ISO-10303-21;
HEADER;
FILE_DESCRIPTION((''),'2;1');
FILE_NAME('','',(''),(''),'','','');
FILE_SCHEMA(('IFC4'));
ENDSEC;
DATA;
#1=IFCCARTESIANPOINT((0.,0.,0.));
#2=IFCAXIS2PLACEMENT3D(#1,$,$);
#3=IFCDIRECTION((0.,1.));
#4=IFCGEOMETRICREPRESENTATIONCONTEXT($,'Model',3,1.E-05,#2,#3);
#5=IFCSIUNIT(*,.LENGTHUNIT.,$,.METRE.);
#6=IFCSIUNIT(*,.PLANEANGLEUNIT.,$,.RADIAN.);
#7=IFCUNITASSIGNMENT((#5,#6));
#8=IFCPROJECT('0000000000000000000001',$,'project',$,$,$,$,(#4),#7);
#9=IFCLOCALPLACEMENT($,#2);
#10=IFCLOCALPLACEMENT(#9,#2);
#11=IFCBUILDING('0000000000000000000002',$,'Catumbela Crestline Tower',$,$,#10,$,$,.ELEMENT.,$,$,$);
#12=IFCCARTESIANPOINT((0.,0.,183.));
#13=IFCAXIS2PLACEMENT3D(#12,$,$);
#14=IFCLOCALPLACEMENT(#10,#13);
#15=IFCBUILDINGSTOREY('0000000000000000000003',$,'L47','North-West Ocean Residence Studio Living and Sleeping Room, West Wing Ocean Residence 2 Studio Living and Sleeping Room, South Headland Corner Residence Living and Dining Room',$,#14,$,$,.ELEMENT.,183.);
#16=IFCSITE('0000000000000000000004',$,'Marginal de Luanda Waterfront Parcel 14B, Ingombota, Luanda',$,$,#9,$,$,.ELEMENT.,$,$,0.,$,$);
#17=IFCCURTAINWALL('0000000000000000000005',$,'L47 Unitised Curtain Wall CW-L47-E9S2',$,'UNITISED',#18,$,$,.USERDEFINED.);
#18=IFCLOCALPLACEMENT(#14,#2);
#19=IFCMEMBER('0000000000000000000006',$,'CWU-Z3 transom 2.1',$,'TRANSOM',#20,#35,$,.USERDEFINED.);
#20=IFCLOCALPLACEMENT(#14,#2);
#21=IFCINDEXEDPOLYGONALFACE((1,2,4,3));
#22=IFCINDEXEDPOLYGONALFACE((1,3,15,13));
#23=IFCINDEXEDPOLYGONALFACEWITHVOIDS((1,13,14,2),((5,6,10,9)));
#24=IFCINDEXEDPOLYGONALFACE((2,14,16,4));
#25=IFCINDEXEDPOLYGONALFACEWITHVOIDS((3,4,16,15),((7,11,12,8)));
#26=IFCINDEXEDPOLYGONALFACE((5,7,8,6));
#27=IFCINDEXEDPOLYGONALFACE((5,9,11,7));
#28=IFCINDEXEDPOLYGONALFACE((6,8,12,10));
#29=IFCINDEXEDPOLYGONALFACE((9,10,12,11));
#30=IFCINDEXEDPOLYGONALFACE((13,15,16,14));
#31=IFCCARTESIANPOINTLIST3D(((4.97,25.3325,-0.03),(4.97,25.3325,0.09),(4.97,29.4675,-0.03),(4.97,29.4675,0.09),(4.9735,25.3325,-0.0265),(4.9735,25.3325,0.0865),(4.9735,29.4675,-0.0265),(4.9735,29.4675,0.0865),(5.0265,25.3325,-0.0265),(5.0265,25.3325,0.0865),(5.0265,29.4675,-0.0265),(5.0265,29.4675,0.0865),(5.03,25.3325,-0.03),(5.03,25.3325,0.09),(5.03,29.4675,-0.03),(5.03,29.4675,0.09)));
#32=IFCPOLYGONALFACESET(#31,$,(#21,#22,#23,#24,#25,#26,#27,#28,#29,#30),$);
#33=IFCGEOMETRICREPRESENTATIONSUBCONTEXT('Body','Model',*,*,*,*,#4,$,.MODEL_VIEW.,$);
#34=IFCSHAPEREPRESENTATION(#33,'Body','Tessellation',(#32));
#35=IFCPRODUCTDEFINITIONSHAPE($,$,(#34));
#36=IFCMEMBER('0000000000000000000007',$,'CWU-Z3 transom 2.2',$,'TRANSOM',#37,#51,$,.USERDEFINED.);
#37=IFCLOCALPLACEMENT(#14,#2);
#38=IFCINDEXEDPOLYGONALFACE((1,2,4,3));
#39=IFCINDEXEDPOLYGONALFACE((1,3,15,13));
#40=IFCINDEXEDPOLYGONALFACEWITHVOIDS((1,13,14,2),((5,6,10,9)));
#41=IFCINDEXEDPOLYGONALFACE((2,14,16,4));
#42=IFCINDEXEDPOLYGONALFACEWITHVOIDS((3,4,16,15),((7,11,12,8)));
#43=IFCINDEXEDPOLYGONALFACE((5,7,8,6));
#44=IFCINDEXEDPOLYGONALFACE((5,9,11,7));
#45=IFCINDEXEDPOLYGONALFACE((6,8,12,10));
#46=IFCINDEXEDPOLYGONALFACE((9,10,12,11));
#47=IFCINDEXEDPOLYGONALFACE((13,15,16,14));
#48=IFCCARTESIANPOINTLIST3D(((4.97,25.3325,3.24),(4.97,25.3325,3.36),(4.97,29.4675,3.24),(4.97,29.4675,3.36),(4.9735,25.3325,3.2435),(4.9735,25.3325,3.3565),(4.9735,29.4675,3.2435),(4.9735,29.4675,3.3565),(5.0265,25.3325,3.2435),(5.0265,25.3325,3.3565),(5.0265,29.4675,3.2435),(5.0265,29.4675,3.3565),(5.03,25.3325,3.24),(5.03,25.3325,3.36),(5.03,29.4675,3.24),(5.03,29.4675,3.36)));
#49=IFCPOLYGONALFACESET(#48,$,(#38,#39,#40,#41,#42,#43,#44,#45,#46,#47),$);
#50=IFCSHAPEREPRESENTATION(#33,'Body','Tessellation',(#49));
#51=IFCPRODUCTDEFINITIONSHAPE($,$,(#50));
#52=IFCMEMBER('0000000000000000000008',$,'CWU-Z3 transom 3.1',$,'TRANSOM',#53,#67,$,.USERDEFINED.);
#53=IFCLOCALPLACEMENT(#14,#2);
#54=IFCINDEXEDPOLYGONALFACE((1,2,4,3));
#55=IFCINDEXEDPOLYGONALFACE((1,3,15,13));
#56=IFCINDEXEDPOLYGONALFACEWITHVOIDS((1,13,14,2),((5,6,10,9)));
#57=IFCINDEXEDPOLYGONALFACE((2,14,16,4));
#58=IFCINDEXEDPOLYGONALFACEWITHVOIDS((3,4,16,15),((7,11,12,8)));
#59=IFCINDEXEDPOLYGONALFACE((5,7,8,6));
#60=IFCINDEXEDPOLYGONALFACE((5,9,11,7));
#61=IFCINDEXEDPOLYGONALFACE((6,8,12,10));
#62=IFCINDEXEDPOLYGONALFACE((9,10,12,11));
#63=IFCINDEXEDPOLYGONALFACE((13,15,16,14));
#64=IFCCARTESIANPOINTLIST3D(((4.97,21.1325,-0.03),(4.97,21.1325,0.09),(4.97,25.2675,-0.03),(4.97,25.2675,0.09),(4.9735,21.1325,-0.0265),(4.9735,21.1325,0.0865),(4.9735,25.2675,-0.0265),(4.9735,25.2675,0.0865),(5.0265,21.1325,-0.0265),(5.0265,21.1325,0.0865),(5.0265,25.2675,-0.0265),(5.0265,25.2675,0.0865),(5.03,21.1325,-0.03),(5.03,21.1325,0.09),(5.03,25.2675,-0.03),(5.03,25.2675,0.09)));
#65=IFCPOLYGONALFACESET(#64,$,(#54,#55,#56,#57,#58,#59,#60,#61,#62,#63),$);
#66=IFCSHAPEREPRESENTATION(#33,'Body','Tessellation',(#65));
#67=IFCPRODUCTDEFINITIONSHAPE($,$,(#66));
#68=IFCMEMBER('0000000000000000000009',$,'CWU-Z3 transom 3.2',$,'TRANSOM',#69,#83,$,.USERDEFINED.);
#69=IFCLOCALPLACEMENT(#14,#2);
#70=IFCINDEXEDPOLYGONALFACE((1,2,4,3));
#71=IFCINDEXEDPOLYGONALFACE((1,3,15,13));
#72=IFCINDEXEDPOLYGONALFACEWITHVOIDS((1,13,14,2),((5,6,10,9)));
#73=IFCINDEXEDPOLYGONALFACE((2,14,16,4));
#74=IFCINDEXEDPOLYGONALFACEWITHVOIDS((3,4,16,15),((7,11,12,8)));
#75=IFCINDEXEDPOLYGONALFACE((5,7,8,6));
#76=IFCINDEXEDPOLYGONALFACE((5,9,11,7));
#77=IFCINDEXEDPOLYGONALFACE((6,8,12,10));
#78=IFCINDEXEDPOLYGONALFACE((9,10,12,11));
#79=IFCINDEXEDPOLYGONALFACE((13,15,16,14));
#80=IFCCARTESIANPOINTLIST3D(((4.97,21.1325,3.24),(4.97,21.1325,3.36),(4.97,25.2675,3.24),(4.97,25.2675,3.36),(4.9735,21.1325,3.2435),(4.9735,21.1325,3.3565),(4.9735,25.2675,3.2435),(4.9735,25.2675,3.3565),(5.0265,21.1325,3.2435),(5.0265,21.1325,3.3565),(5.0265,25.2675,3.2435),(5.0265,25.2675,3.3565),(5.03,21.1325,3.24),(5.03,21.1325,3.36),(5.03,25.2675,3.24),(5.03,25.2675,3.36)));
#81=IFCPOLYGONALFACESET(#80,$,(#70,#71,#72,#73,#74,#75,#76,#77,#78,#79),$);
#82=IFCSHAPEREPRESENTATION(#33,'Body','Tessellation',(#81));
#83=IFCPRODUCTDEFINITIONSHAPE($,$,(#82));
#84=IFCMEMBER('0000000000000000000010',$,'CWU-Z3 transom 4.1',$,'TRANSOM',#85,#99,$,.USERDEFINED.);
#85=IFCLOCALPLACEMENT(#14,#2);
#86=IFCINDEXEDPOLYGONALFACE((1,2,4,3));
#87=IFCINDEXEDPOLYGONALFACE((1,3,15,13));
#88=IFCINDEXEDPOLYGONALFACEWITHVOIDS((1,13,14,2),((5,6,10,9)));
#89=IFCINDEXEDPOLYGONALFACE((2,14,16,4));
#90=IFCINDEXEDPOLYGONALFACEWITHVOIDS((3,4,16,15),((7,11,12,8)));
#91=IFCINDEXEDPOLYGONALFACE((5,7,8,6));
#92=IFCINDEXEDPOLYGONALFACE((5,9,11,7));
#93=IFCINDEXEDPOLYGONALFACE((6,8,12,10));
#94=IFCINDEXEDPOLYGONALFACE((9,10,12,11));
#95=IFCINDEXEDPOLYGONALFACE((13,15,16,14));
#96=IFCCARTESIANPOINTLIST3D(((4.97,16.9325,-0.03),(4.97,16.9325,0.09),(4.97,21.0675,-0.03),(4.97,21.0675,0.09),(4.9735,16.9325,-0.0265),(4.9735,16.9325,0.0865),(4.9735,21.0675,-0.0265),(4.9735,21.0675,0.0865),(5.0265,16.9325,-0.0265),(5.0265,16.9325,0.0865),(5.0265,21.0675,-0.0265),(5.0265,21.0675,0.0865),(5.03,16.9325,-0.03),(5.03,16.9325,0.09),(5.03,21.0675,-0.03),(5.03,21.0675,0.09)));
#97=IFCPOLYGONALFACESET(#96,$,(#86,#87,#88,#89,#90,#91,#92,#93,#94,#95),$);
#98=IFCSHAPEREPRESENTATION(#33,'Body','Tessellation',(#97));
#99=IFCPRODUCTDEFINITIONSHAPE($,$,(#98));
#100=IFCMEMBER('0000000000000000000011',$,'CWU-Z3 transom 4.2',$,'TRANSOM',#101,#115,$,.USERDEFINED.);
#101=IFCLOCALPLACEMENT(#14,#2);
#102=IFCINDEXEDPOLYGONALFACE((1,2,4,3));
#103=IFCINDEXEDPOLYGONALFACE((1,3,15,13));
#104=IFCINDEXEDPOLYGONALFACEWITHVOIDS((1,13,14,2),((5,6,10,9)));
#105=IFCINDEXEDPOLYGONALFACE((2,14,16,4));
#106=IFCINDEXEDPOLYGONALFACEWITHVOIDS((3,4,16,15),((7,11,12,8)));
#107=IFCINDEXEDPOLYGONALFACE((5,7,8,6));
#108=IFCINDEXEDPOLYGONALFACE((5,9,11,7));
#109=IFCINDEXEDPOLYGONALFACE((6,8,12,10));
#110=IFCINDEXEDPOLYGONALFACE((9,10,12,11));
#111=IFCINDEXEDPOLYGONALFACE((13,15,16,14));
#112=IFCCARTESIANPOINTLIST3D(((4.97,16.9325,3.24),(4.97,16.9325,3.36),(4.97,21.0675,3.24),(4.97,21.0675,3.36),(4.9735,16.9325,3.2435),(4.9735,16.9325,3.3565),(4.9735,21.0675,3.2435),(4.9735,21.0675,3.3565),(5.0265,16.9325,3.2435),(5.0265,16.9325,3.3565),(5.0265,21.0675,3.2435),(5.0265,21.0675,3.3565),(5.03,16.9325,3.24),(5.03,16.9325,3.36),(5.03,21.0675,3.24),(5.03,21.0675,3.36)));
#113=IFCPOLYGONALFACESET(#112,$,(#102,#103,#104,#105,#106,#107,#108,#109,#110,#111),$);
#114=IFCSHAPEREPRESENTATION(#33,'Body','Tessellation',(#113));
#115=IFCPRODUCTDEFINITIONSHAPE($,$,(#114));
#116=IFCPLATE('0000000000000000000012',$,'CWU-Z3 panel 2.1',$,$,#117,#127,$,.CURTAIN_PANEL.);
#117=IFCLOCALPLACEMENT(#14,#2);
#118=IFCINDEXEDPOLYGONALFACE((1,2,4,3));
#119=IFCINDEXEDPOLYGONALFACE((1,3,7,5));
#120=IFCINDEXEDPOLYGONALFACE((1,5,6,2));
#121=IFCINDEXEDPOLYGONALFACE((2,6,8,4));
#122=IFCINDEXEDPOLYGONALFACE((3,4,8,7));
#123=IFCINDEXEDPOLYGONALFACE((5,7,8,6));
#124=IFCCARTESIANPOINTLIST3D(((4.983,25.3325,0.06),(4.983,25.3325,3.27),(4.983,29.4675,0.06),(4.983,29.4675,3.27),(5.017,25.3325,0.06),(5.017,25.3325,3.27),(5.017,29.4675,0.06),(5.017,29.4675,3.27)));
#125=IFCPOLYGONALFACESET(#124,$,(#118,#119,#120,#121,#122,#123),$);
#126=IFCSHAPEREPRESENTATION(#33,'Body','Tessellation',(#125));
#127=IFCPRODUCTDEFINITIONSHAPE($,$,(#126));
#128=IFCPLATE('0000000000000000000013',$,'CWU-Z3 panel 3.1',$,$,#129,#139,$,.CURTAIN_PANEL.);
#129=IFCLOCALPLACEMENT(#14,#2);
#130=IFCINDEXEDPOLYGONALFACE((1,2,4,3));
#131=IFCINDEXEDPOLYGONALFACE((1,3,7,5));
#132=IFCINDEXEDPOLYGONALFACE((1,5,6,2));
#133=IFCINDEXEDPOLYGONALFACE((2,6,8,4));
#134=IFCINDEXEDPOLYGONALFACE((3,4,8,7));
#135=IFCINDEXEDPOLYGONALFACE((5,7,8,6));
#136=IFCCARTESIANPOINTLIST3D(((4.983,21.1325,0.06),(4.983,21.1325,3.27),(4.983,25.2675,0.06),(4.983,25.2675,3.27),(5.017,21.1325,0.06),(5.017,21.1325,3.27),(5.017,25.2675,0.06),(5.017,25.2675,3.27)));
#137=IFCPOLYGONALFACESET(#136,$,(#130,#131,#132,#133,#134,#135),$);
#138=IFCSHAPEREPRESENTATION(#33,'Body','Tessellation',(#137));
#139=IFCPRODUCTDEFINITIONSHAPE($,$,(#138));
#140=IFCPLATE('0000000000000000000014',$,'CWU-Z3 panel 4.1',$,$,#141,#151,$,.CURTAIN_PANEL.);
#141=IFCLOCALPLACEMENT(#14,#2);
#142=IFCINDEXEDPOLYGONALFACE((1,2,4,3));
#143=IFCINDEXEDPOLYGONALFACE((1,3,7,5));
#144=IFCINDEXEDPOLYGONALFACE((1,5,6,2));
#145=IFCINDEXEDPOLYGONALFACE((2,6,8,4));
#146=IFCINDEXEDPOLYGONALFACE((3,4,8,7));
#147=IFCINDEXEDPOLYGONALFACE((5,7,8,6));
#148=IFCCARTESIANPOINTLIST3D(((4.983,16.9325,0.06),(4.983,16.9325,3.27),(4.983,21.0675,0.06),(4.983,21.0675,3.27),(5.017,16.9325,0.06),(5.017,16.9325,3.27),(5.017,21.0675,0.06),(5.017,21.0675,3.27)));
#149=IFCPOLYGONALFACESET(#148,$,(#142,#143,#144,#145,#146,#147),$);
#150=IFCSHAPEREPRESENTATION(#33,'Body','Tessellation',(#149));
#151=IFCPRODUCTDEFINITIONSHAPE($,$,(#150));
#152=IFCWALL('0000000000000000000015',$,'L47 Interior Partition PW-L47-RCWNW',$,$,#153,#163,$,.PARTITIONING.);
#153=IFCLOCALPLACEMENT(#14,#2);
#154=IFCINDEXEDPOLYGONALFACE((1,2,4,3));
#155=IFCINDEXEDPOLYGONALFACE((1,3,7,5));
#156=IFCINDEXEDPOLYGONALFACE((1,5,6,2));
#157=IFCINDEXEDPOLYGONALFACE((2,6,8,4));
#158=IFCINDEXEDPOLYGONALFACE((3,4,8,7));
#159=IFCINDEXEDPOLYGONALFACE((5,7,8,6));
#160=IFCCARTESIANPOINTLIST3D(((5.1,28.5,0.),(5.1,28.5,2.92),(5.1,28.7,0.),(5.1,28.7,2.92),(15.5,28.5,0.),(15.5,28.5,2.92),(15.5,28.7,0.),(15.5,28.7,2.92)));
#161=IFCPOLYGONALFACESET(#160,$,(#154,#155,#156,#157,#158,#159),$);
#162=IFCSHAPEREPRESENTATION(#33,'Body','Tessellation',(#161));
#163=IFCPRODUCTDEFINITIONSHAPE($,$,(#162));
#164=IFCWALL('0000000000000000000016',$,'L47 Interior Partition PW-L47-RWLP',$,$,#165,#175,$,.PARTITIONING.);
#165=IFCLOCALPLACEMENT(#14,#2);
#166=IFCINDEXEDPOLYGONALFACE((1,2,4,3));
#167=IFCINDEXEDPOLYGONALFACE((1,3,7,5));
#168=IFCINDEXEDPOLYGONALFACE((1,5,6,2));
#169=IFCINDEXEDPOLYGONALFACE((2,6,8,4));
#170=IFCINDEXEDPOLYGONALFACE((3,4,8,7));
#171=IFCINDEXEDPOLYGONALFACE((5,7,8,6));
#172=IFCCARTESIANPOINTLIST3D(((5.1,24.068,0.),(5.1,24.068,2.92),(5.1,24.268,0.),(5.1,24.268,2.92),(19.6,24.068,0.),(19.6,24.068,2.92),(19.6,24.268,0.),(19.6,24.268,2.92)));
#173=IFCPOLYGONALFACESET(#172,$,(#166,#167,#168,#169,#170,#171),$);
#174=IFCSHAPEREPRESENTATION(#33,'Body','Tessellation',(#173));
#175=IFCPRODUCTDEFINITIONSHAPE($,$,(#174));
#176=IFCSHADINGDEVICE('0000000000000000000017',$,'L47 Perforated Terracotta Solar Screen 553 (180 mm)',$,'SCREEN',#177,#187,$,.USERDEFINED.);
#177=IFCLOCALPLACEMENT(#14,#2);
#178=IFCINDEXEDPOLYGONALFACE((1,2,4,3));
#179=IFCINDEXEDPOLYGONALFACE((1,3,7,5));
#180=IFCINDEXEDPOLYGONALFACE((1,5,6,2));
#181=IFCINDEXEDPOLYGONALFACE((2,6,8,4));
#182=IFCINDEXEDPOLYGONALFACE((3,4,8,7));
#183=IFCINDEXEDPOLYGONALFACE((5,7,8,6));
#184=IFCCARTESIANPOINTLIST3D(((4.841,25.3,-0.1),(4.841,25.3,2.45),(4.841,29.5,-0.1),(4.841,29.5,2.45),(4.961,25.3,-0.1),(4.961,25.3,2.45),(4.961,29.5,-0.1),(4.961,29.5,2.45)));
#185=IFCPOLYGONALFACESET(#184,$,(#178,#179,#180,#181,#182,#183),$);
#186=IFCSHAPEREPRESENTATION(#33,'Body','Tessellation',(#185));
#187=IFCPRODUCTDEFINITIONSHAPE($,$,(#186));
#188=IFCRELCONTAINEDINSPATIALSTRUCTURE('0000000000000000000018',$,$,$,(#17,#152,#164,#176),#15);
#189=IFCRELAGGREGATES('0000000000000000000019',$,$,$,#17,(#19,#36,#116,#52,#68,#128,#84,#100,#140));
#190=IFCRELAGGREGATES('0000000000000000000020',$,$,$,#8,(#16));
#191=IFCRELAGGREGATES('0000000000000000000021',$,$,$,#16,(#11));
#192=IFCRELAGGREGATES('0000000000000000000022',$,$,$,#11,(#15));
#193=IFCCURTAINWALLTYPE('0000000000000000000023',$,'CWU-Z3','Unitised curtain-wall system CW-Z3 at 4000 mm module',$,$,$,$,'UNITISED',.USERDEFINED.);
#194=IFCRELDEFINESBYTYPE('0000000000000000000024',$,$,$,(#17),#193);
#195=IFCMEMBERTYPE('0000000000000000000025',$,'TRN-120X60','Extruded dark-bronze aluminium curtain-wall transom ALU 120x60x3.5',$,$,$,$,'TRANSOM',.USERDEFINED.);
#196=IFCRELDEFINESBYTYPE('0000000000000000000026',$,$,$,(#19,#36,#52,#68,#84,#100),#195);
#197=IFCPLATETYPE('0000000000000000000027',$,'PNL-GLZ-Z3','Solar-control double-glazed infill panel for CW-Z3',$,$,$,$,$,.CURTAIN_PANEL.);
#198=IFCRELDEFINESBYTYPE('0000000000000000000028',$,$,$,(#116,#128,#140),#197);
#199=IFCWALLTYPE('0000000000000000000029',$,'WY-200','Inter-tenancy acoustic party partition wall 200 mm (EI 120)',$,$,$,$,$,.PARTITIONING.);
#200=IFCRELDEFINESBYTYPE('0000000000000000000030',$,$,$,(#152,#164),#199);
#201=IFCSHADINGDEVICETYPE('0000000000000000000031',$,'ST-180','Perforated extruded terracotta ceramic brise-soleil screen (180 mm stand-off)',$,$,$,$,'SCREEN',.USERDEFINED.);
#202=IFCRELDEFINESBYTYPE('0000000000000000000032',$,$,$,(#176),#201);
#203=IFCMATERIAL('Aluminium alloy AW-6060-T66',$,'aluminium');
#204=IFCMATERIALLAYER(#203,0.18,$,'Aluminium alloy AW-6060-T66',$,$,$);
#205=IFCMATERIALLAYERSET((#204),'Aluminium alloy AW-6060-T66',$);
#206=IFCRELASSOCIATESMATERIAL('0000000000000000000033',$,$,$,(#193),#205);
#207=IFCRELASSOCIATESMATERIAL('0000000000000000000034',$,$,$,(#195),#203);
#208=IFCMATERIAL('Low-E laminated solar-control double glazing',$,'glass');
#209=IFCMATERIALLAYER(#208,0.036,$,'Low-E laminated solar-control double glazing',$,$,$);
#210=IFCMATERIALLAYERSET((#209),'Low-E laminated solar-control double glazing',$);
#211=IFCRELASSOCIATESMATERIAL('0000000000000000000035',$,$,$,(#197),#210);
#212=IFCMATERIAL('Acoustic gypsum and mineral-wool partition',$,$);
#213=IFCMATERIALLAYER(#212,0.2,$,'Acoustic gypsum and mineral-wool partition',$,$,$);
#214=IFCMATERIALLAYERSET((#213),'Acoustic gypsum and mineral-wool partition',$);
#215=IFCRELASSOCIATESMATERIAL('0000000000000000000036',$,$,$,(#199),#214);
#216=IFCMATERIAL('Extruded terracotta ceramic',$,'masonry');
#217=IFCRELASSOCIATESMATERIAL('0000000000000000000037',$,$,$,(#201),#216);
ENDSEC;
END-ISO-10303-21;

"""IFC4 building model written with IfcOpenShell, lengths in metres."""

from ifc_helpers import new_model, si_unit, direction, frame, frame_2d, origin, origin_2d, place, context, subcontext, project, spatial, rectangle, hollow_rectangle, extrude, material, layer, layer_set, material_profile, profile_set, type_object, element, aggregate, save


model = new_model("IFC4")

# Units and contexts
model_context = context("Model", 3, precision=1e-05, world=origin(), true_north=direction((0.0, 1.0)))
body_context = subcontext(model_context, "Body", "Model", "MODEL_VIEW")
ifc_project = project(units=[si_unit("LENGTHUNIT", "METRE"), si_unit("PLANEANGLEUNIT", "RADIAN")], contexts=[model_context])

# Site, building, storey
site_placement = place(None, origin())
site = spatial("IfcSite", under=ifc_project, at=site_placement, Name="Marginal de Luanda Waterfront Parcel 14B, Ingombota, Luanda", CompositionType="ELEMENT", RefElevation=0.0)
building_placement = place(site_placement, origin())
building = spatial("IfcBuilding", under=site, at=building_placement, Name="Catumbela Crestline Tower", CompositionType="ELEMENT")
storey_placement = place(building_placement, frame((0.0, 0.0, 183.0)))
storey = spatial("IfcBuildingStorey", under=building, at=storey_placement, Name="L47", Description="North-West Ocean Residence Studio Living and Sleeping Room, West Wing Ocean Residence 2 Studio Living and Sleeping Room, South Headland Corner Residence Living and Dining Room", CompositionType="ELEMENT", Elevation=183.0)

# Curtain wall
ifc_material_1 = material(Name="Aluminium alloy AW-6060-T66", Category="aluminium")
ifc_layer_1 = layer(ifc_material_1, 0.18, Name="Aluminium alloy AW-6060-T66")
ifc_layer_set_1 = layer_set([ifc_layer_1], Name="Aluminium alloy AW-6060-T66")
curtain_wall_type = type_object("IfcCurtainWallType", Name="CWU-Z3", Description="Unitised curtain-wall system CW-Z3 at 4000 mm module", ElementType="UNITISED", PredefinedType="USERDEFINED", material=ifc_layer_set_1)
curtain_wall_placement = place(storey_placement, origin())
curtain_wall = element("IfcCurtainWall", 1, at=curtain_wall_placement, inside=storey, type_object=curtain_wall_type, Name="L47 Unitised Curtain Wall CW-L47-E9S2", ObjectType="UNITISED", PredefinedType="USERDEFINED")

# Members
ifc_material_profile_1 = material_profile(ifc_material_1, hollow_rectangle(XDim=0.06, YDim=0.12, WallThickness=0.0035, at=origin_2d()), Name="ALU 120x60x3.5")
ifc_profile_set_1 = profile_set([ifc_material_profile_1], Name="Aluminium alloy AW-6060-T66")
member_type_1 = type_object("IfcMemberType", Name="TRN-120X60", Description="Extruded dark-bronze aluminium curtain-wall transom ALU 120x60x3.5", ElementType="TRANSOM", PredefinedType="USERDEFINED", material=ifc_profile_set_1)
member_1_placement = place(storey_placement, frame((5.0, 29.4675, 0.03), z_axis=(0.0, -1.0, 0.0), x_axis=(1.0, 0.0, 0.0)))
member_1 = element("IfcMember", 2, at=member_1_placement, type_object=member_type_1, Name="CWU-Z3 transom 2.1", ObjectType="TRANSOM", PredefinedType="USERDEFINED", context=body_context, shape_type="SweptSolid", body=[
    extrude(hollow_rectangle(XDim=0.06, YDim=0.12, WallThickness=0.0035, at=origin_2d()), origin(), (0.0, 0.0, 1.0), 4.135),
])
member_2_placement = place(storey_placement, frame((5.0, 29.4675, 3.3), z_axis=(0.0, -1.0, 0.0), x_axis=(1.0, 0.0, 0.0)))
member_2 = element("IfcMember", 3, at=member_2_placement, type_object=member_type_1, Name="CWU-Z3 transom 2.2", ObjectType="TRANSOM", PredefinedType="USERDEFINED", context=body_context, shape_type="SweptSolid", body=[
    extrude(hollow_rectangle(XDim=0.06, YDim=0.12, WallThickness=0.0035, at=origin_2d()), origin(), (0.0, 0.0, 1.0), 4.135),
])
member_3_placement = place(storey_placement, frame((5.0, 25.2675, 0.03), z_axis=(0.0, -1.0, 0.0), x_axis=(1.0, 0.0, 0.0)))
member_3 = element("IfcMember", 4, at=member_3_placement, type_object=member_type_1, Name="CWU-Z3 transom 3.1", ObjectType="TRANSOM", PredefinedType="USERDEFINED", context=body_context, shape_type="SweptSolid", body=[
    extrude(hollow_rectangle(XDim=0.06, YDim=0.12, WallThickness=0.0035, at=origin_2d()), origin(), (0.0, 0.0, 1.0), 4.135),
])
member_4_placement = place(storey_placement, frame((5.0, 25.2675, 3.3), z_axis=(0.0, -1.0, 0.0), x_axis=(1.0, 0.0, 0.0)))
member_4 = element("IfcMember", 5, at=member_4_placement, type_object=member_type_1, Name="CWU-Z3 transom 3.2", ObjectType="TRANSOM", PredefinedType="USERDEFINED", context=body_context, shape_type="SweptSolid", body=[
    extrude(hollow_rectangle(XDim=0.06, YDim=0.12, WallThickness=0.0035, at=origin_2d()), origin(), (0.0, 0.0, 1.0), 4.135),
])
member_5_placement = place(storey_placement, frame((5.0, 21.0675, 0.03), z_axis=(0.0, -1.0, 0.0), x_axis=(1.0, 0.0, 0.0)))
member_5 = element("IfcMember", 6, at=member_5_placement, type_object=member_type_1, Name="CWU-Z3 transom 4.1", ObjectType="TRANSOM", PredefinedType="USERDEFINED", context=body_context, shape_type="SweptSolid", body=[
    extrude(hollow_rectangle(XDim=0.06, YDim=0.12, WallThickness=0.0035, at=origin_2d()), origin(), (0.0, 0.0, 1.0), 4.135),
])
member_6_placement = place(storey_placement, frame((5.0, 21.0675, 3.3), z_axis=(0.0, -1.0, 0.0), x_axis=(1.0, 0.0, 0.0)))
member_6 = element("IfcMember", 7, at=member_6_placement, type_object=member_type_1, Name="CWU-Z3 transom 4.2", ObjectType="TRANSOM", PredefinedType="USERDEFINED", context=body_context, shape_type="SweptSolid", body=[
    extrude(hollow_rectangle(XDim=0.06, YDim=0.12, WallThickness=0.0035, at=origin_2d()), origin(), (0.0, 0.0, 1.0), 4.135),
])

# Plates
ifc_material_2 = material(Name="Low-E laminated solar-control double glazing", Category="glass")
ifc_layer_2 = layer(ifc_material_2, 0.036, Name="Low-E laminated solar-control double glazing")
ifc_layer_set_2 = layer_set([ifc_layer_2], Name="Low-E laminated solar-control double glazing")
plate_type = type_object("IfcPlateType", Name="PNL-GLZ-Z3", Description="Solar-control double-glazed infill panel for CW-Z3", PredefinedType="CURTAIN_PANEL", material=ifc_layer_set_2)
plate_1_placement = place(storey_placement, frame((5.0, 27.4, 0.06), z_axis=(0.0, 0.0, 1.0), x_axis=(0.0, -1.0, 0.0)))
plate_1 = element("IfcPlate", 8, at=plate_1_placement, type_object=plate_type, Name="CWU-Z3 panel 2.1", PredefinedType="CURTAIN_PANEL", context=body_context, shape_type="SweptSolid", body=[
    extrude(rectangle(XDim=4.135, YDim=0.034, at=origin_2d()), origin(), (0.0, 0.0, 1.0), 3.21),
])
plate_2_placement = place(storey_placement, frame((5.0, 23.2, 0.06), z_axis=(0.0, 0.0, 1.0), x_axis=(0.0, -1.0, 0.0)))
plate_2 = element("IfcPlate", 9, at=plate_2_placement, type_object=plate_type, Name="CWU-Z3 panel 3.1", PredefinedType="CURTAIN_PANEL", context=body_context, shape_type="SweptSolid", body=[
    extrude(rectangle(XDim=4.135, YDim=0.034, at=origin_2d()), origin(), (0.0, 0.0, 1.0), 3.21),
])
plate_3_placement = place(storey_placement, frame((5.0, 19.0, 0.06), z_axis=(0.0, 0.0, 1.0), x_axis=(0.0, -1.0, 0.0)))
plate_3 = element("IfcPlate", 10, at=plate_3_placement, type_object=plate_type, Name="CWU-Z3 panel 4.1", PredefinedType="CURTAIN_PANEL", context=body_context, shape_type="SweptSolid", body=[
    extrude(rectangle(XDim=4.135, YDim=0.034, at=origin_2d()), origin(), (0.0, 0.0, 1.0), 3.21),
])
aggregate(curtain_wall, [member_1, member_2, plate_1, member_3, member_4, plate_2, member_5, member_6, plate_3])

# Walls
ifc_material_3 = material(Name="Acoustic gypsum and mineral-wool partition")
ifc_layer_3 = layer(ifc_material_3, 0.2, Name="Acoustic gypsum and mineral-wool partition")
ifc_layer_set_3 = layer_set([ifc_layer_3], Name="Acoustic gypsum and mineral-wool partition")
wall_type = type_object("IfcWallType", Name="WY-200", Description="Inter-tenancy acoustic party partition wall 200 mm (EI 120)", PredefinedType="PARTITIONING", material=ifc_layer_set_3)
wall_1_placement = place(storey_placement, frame((5.1, 28.6, 0.0), z_axis=(0.0, 0.0, 1.0), x_axis=(1.0, 0.0, 0.0)))
element("IfcWall", 11, at=wall_1_placement, inside=storey, type_object=wall_type, Name="L47 Interior Partition PW-L47-RCWNW", PredefinedType="PARTITIONING", context=body_context, shape_type="SweptSolid", body=[
    extrude(rectangle(XDim=10.4, YDim=0.2, at=frame_2d((5.2, 0.0))), origin(), (0.0, 0.0, 1.0), 2.92),
])
wall_2_placement = place(storey_placement, frame((5.1, 24.168, 0.0), z_axis=(0.0, 0.0, 1.0), x_axis=(1.0, 0.0, 0.0)))
element("IfcWall", 12, at=wall_2_placement, inside=storey, type_object=wall_type, Name="L47 Interior Partition PW-L47-RWLP", PredefinedType="PARTITIONING", context=body_context, shape_type="SweptSolid", body=[
    extrude(rectangle(XDim=14.5, YDim=0.2, at=frame_2d((7.25, 0.0))), origin(), (0.0, 0.0, 1.0), 2.92),
])

# Shading device
ifc_material_4 = material(Name="Extruded terracotta ceramic", Category="masonry")
shading_device_type = type_object("IfcShadingDeviceType", Name="ST-180", Description="Perforated extruded terracotta ceramic brise-soleil screen (180 mm stand-off)", ElementType="SCREEN", PredefinedType="USERDEFINED", material=ifc_material_4)
shading_device_placement = place(storey_placement, frame((4.901, 27.4, -0.1), z_axis=(0.0, 0.0, 1.0), x_axis=(0.0, -1.0, 0.0)))
element("IfcShadingDevice", 13, at=shading_device_placement, inside=storey, type_object=shading_device_type, Name="L47 Perforated Terracotta Solar Screen 553 (180 mm)", ObjectType="SCREEN", PredefinedType="USERDEFINED", context=body_context, shape_type="SweptSolid", body=[
    extrude(rectangle(XDim=4.2, YDim=0.12, at=origin_2d()), origin(), (0.0, 0.0, 1.0), 2.55),
])

save(model, "model.ifc")
